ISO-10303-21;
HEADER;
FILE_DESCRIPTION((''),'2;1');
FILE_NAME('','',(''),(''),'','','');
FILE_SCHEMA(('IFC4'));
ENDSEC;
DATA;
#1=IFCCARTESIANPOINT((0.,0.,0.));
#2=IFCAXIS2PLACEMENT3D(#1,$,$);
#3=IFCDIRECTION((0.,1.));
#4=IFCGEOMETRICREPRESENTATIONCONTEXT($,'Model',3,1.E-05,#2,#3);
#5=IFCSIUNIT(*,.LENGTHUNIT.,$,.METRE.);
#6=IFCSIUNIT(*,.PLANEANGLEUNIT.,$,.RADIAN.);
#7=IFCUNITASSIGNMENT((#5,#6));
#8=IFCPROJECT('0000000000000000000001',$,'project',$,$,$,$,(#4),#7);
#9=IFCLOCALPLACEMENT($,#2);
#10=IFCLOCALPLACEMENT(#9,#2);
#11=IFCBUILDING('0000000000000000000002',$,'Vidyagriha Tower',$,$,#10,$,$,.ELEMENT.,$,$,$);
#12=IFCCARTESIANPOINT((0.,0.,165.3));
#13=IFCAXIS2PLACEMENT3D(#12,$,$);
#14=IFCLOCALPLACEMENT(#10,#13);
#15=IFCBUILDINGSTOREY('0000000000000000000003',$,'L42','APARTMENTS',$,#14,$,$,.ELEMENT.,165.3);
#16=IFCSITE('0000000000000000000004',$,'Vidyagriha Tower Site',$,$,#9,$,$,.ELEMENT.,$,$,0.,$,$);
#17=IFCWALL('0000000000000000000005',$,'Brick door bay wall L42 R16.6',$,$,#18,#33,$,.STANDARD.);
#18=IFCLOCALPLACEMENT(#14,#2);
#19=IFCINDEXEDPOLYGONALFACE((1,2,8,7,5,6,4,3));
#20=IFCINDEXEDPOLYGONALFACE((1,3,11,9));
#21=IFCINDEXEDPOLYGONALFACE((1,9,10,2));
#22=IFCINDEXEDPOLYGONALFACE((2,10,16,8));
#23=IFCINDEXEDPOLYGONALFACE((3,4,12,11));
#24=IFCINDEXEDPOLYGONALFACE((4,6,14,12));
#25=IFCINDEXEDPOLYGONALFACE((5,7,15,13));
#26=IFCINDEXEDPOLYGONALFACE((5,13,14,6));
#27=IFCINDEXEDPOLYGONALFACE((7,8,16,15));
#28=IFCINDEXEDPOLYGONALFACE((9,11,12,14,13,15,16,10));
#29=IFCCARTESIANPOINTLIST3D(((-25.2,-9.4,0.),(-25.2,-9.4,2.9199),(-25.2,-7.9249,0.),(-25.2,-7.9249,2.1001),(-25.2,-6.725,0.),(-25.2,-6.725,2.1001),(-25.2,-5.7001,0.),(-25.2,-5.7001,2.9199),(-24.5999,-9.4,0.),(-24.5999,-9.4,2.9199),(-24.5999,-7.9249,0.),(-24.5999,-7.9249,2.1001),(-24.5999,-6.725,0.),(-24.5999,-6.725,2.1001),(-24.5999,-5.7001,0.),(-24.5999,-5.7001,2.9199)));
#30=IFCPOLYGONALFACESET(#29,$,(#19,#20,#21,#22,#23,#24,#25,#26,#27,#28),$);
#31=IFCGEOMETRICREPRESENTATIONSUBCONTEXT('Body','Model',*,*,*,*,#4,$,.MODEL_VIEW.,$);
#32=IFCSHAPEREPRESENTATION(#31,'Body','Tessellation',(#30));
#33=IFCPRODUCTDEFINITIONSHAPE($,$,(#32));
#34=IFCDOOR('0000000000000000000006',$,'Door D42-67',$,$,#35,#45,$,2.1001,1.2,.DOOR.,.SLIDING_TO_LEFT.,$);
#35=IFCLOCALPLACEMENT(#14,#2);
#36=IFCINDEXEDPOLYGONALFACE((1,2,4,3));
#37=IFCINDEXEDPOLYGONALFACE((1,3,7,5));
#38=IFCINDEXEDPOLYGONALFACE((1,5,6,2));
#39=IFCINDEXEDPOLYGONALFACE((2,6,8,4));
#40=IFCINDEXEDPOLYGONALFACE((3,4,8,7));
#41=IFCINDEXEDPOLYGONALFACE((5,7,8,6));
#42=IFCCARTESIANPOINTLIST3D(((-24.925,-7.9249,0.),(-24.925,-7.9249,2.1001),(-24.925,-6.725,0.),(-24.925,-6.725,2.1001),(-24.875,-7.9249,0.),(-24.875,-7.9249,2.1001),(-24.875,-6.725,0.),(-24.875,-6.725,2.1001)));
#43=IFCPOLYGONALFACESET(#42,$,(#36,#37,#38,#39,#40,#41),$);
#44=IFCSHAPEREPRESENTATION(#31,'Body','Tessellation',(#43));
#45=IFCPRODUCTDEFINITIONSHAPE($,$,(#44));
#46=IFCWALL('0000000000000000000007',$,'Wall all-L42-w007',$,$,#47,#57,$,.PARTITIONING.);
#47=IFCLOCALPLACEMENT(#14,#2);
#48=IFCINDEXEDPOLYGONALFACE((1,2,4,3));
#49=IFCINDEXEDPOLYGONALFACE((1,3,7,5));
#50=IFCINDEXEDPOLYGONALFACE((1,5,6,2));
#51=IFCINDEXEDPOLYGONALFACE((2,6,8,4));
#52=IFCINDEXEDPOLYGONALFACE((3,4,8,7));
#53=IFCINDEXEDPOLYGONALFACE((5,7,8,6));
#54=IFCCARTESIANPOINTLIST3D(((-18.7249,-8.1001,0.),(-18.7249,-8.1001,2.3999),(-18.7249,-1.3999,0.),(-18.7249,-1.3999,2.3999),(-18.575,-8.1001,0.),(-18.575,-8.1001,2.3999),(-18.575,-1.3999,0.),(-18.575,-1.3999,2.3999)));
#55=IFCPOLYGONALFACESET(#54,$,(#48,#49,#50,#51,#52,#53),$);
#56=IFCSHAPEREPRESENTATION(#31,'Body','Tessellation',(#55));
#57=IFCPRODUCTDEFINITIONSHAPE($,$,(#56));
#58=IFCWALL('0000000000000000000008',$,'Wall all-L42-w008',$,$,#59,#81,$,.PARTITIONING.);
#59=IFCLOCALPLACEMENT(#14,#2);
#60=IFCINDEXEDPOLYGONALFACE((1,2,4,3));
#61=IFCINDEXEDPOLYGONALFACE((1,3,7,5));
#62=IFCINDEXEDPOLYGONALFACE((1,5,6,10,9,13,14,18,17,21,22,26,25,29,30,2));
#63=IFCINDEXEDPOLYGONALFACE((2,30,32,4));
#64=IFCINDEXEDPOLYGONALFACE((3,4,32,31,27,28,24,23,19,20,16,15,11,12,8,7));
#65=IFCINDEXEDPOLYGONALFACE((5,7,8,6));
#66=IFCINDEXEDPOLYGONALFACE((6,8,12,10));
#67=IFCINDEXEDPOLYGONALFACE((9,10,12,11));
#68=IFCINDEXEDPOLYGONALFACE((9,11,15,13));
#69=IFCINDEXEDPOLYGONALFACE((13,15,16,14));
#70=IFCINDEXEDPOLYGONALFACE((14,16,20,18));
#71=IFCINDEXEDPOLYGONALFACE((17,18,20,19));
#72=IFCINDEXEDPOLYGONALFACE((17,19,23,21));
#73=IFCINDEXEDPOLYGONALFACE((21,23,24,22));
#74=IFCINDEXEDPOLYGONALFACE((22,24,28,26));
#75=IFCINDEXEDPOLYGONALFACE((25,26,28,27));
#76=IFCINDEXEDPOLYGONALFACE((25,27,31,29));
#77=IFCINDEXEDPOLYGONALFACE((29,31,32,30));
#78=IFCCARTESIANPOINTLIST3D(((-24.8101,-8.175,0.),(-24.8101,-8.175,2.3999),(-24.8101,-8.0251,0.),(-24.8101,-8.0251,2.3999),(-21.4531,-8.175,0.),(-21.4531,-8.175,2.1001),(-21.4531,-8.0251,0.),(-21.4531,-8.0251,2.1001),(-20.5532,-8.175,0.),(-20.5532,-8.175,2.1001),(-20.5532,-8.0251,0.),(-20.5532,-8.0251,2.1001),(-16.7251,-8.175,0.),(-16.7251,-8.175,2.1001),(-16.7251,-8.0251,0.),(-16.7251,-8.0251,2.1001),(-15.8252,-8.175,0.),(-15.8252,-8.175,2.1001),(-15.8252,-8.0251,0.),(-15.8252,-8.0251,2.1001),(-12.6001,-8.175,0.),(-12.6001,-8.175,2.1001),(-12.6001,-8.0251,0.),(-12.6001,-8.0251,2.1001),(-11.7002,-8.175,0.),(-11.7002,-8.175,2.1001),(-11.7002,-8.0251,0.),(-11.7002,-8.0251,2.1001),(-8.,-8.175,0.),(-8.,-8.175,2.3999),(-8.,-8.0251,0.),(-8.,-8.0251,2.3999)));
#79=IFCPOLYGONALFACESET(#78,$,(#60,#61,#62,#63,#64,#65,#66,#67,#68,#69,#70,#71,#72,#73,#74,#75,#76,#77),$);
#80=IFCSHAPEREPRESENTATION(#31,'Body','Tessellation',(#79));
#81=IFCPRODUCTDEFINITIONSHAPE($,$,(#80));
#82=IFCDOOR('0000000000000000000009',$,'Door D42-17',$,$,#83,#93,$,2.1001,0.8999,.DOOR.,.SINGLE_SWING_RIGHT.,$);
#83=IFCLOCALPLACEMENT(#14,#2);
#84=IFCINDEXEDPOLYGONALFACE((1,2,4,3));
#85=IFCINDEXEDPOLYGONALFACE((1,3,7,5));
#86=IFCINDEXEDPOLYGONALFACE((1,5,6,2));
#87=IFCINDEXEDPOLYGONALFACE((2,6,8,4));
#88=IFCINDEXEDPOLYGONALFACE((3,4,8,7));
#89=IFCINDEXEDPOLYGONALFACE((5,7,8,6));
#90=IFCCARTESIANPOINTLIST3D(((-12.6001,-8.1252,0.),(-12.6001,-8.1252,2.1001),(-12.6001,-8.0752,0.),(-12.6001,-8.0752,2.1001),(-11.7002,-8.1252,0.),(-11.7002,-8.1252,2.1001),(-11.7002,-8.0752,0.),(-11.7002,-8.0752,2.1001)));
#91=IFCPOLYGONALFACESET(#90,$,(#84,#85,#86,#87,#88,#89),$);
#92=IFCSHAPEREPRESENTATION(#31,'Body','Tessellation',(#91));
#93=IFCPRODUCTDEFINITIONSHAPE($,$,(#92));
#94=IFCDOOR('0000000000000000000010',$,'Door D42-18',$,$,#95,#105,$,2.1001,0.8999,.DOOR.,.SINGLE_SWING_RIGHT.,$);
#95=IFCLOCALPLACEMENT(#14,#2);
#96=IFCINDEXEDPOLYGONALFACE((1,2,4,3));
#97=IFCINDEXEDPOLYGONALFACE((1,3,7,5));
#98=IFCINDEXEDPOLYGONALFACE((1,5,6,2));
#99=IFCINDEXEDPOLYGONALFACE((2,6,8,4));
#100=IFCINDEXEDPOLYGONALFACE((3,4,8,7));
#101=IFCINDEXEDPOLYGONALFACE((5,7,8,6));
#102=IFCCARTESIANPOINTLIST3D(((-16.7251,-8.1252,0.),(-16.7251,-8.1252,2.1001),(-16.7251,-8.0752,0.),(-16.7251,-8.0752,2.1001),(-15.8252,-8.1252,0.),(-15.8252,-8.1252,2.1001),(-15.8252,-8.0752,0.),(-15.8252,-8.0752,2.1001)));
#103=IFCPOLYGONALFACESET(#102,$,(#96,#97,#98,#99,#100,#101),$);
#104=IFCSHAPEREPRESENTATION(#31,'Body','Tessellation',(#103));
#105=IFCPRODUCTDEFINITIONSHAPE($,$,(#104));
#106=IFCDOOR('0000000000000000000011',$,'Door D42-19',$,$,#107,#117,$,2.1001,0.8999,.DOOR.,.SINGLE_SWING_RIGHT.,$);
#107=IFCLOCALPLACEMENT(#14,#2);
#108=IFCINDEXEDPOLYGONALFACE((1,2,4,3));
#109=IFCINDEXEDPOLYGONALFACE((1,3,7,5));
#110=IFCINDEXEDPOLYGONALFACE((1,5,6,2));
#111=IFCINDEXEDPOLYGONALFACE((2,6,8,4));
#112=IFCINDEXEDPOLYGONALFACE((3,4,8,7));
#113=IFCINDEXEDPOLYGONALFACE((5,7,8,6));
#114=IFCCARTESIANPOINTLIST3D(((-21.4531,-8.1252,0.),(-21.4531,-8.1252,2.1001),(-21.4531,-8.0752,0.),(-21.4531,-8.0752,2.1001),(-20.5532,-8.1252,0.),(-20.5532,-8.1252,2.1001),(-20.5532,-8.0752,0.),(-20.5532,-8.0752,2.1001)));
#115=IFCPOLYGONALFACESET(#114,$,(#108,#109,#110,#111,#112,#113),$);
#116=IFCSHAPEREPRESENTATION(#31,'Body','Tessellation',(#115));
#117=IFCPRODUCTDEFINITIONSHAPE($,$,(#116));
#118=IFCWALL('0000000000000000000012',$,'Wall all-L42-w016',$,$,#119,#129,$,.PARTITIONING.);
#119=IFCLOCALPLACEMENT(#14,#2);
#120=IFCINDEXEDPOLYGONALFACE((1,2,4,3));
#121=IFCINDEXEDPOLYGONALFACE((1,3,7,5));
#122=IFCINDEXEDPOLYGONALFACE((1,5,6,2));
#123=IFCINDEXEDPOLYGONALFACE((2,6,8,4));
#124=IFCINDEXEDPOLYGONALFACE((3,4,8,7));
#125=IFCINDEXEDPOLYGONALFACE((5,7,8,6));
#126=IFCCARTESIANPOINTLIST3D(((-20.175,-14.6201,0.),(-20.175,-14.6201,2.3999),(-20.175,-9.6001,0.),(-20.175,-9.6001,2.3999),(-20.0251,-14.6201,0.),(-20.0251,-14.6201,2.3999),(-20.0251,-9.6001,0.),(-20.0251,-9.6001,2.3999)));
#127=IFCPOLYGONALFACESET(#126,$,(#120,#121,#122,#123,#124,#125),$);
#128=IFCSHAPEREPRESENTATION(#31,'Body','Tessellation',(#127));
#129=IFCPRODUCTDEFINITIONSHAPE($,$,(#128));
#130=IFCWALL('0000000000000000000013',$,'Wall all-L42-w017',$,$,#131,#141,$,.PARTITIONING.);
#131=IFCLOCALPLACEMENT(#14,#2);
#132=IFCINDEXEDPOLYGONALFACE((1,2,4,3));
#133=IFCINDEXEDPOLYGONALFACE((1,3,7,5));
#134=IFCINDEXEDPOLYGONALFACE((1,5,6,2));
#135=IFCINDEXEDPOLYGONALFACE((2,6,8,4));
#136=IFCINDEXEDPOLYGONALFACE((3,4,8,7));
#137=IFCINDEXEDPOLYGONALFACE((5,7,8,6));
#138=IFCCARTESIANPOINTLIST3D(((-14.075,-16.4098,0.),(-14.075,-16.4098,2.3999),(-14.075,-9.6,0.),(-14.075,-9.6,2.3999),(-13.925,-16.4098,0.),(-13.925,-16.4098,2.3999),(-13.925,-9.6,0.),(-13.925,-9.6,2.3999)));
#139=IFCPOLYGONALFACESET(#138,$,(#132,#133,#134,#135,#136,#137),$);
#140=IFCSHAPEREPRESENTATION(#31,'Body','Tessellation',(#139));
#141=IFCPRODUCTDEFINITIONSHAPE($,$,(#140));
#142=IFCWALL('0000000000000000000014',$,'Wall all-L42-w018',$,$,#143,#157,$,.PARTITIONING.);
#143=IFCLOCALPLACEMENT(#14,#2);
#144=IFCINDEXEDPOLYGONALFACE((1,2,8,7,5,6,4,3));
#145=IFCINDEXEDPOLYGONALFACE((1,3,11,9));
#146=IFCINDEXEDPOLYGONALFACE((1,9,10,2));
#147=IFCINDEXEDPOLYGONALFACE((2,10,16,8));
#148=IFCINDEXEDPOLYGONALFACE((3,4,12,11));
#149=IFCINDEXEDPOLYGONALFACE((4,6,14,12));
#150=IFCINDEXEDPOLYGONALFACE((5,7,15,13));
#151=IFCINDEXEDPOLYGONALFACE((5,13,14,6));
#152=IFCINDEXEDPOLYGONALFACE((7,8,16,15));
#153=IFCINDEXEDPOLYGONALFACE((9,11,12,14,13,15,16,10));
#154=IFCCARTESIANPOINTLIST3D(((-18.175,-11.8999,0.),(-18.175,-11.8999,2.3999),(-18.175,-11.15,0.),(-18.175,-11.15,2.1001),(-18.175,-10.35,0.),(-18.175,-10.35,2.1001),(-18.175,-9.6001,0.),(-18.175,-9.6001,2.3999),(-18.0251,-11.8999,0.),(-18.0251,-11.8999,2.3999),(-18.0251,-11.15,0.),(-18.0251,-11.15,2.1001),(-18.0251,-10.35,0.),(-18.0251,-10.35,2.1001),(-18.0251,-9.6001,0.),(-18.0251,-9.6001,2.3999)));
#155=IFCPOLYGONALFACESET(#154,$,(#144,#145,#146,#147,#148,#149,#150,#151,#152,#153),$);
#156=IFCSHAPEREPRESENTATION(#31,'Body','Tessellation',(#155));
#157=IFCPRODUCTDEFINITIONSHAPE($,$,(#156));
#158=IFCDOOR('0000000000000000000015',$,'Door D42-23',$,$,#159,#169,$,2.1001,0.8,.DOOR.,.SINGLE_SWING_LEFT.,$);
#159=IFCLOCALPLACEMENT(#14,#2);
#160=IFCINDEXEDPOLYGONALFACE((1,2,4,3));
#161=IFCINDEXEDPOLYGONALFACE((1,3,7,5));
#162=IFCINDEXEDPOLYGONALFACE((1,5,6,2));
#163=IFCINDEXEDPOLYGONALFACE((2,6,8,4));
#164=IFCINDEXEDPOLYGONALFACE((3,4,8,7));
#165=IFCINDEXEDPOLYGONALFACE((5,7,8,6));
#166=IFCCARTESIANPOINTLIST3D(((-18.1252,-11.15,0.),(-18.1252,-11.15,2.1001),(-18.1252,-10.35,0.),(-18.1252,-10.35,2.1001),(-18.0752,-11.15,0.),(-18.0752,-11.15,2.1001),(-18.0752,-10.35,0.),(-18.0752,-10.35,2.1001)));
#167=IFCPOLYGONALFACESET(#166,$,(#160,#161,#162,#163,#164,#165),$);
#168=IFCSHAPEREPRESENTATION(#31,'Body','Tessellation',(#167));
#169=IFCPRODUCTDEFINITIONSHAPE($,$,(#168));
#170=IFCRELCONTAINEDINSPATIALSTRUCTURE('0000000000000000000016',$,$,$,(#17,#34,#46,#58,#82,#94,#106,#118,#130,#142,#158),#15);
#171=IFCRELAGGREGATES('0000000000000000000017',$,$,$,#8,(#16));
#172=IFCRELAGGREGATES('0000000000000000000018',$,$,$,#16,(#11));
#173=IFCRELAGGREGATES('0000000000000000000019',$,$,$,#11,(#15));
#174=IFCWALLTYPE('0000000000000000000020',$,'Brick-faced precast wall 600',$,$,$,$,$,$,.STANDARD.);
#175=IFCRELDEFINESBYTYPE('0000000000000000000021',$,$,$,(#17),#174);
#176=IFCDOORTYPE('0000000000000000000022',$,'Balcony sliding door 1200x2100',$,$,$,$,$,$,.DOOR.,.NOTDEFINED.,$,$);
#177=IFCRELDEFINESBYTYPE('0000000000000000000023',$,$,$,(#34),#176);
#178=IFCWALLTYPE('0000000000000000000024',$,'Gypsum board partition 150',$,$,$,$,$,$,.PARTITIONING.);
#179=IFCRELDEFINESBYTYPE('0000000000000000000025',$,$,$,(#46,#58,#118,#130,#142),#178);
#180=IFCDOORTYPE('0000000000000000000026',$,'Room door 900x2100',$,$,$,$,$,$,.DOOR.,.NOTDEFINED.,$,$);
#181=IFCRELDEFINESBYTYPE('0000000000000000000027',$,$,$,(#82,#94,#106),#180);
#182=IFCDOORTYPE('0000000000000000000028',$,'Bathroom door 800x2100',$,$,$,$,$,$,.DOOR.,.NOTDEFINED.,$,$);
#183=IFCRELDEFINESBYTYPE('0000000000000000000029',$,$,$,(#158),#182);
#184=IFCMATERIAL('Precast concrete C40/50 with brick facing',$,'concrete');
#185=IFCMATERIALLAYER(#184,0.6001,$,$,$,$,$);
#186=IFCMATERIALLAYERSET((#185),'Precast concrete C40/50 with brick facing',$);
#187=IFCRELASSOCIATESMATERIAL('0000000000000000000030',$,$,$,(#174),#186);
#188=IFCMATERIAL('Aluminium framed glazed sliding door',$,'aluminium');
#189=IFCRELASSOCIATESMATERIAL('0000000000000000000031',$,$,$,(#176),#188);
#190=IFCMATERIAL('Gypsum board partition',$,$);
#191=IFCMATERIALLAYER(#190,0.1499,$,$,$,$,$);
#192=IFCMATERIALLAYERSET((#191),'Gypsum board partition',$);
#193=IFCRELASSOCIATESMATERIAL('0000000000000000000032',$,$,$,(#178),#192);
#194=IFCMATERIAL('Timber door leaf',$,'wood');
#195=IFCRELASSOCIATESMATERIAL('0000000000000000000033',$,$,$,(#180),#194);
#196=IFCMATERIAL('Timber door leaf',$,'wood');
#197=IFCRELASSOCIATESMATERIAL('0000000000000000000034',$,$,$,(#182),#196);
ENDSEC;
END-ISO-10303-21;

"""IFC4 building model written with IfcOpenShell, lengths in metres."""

from ifc_helpers import new_model, si_unit, direction, frame, frame_2d, origin, place, context, subcontext, project, spatial, rectangle, extrude, material, layer, layer_set, type_object, element, fill, save


model = new_model("IFC4")

# Units and contexts
model_context = context("Model", 3, precision=1e-05, world=origin(), true_north=direction((0.0, 1.0)))
body_context = subcontext(model_context, "Body", "Model", "MODEL_VIEW")
ifc_project = project(units=[si_unit("LENGTHUNIT", "METRE"), si_unit("PLANEANGLEUNIT", "RADIAN")], contexts=[model_context])

# Site, building, storey
site_placement = place(None, origin())
site = spatial("IfcSite", under=ifc_project, at=site_placement, Name="Vidyagriha Tower Site", CompositionType="ELEMENT", RefElevation=0.0)
building_placement = place(site_placement, origin())
building = spatial("IfcBuilding", under=site, at=building_placement, Name="Vidyagriha Tower", CompositionType="ELEMENT")
storey_placement = place(building_placement, frame((0.0, 0.0, 165.3)))
storey = spatial("IfcBuildingStorey", under=building, at=storey_placement, Name="L42", Description="APARTMENTS", CompositionType="ELEMENT", Elevation=165.3)

# Wall, opening, door
ifc_material_1 = material(Name="Precast concrete C40/50 with brick facing", Category="concrete")
ifc_layer_1 = layer(ifc_material_1, 0.6001)
ifc_layer_set_1 = layer_set([ifc_layer_1], Name="Precast concrete C40/50 with brick facing")
wall_type_1 = type_object("IfcWallType", Name="Brick-faced precast wall 600", PredefinedType="STANDARD", material=ifc_layer_set_1)
wall_1_placement = place(storey_placement, frame((-24.8999, -5.7, 0.0), z_axis=(0.0, 0.0, 1.0), x_axis=(0.0, -1.0, 0.0)))
wall_1 = element("IfcWall", 1, at=wall_1_placement, inside=storey, type_object=wall_type_1, Name="Brick door bay wall L42 R16.6", PredefinedType="STANDARD", context=body_context, shape_type="SweptSolid", body=[
    extrude(rectangle(XDim=3.7, YDim=0.6001, at=frame_2d((1.8501, 0.0))), origin(), (0.0, 0.0, 1.0), 2.9199),
])
opening_1_placement = place(wall_1_placement, frame((1.0249, 0.0, 0.0)))
opening_1 = element("IfcOpeningElement", 2, at=opening_1_placement, cuts=wall_1, PredefinedType="OPENING", context=body_context, shape_type="SweptSolid", body=[
    extrude(rectangle(XDim=1.2, YDim=2.1001, at=frame_2d((0.6001, 1.05))), frame((0.0, 0.3101, 0.0), z_axis=(0.0, -1.0, 0.0), x_axis=(1.0, 0.0, 0.0)), (0.0, 0.0, 1.0), 0.6201),
])
ifc_material_2 = material(Name="Aluminium framed glazed sliding door", Category="aluminium")
door_type_1 = type_object("IfcDoorType", Name="Balcony sliding door 1200x2100", OperationType="NOTDEFINED", PredefinedType="DOOR", material=ifc_material_2)
door_1_placement = place(opening_1_placement, origin())
door_1 = element("IfcDoor", 3, at=door_1_placement, inside=storey, type_object=door_type_1, Name="Door D42-67", OperationType="SLIDING_TO_LEFT", OverallHeight=2.1001, OverallWidth=1.2, PredefinedType="DOOR", context=body_context, shape_type="SweptSolid", body=[
    extrude(rectangle(XDim=1.2, YDim=2.1001, at=frame_2d((0.6001, 1.05))), frame((0.0, 0.0249, 0.0), z_axis=(0.0, -1.0, 0.0), x_axis=(1.0, 0.0, 0.0)), (0.0, 0.0, 1.0), 0.05),
])
fill(opening_1, door_1)

# Wall
ifc_material_3 = material(Name="Gypsum board partition")
ifc_layer_2 = layer(ifc_material_3, 0.1499)
ifc_layer_set_2 = layer_set([ifc_layer_2], Name="Gypsum board partition")
wall_type_2 = type_object("IfcWallType", Name="Gypsum board partition 150", PredefinedType="PARTITIONING", material=ifc_layer_set_2)
wall_2_placement = place(storey_placement, frame((-18.6499, -8.1001, 0.0), z_axis=(0.0, 0.0, 1.0), x_axis=(0.0, 1.0, 0.0)))
element("IfcWall", 4, at=wall_2_placement, inside=storey, type_object=wall_type_2, Name="Wall all-L42-w007", PredefinedType="PARTITIONING", context=body_context, shape_type="SweptSolid", body=[
    extrude(rectangle(XDim=6.7002, YDim=0.1499, at=frame_2d((3.3501, 0.0))), origin(), (0.0, 0.0, 1.0), 2.3999),
])

# Wall, openings, doors
wall_3_placement = place(storey_placement, frame((-24.8101, -8.1001, 0.0)))
wall_3 = element("IfcWall", 5, at=wall_3_placement, inside=storey, type_object=wall_type_2, Name="Wall all-L42-w008", PredefinedType="PARTITIONING", context=body_context, shape_type="SweptSolid", body=[
    extrude(rectangle(XDim=16.8101, YDim=0.1499, at=frame_2d((8.405, 0.0))), origin(), (0.0, 0.0, 1.0), 2.3999),
])
opening_2_placement = place(wall_3_placement, frame((12.21, 0.0, 0.0)))
opening_2 = element("IfcOpeningElement", 6, at=opening_2_placement, cuts=wall_3, PredefinedType="OPENING", context=body_context, shape_type="SweptSolid", body=[
    extrude(rectangle(XDim=0.8999, YDim=2.1001, at=frame_2d((0.45, 1.05))), frame((0.0, 0.085, 0.0), z_axis=(0.0, -1.0, 0.0), x_axis=(1.0, 0.0, 0.0)), (0.0, 0.0, 1.0), 0.1699),
])
opening_3_placement = place(wall_3_placement, frame((8.085, 0.0, 0.0)))
opening_3 = element("IfcOpeningElement", 7, at=opening_3_placement, cuts=wall_3, PredefinedType="OPENING", context=body_context, shape_type="SweptSolid", body=[
    extrude(rectangle(XDim=0.8999, YDim=2.1001, at=frame_2d((0.45, 1.05))), frame((0.0, 0.085, 0.0), z_axis=(0.0, -1.0, 0.0), x_axis=(1.0, 0.0, 0.0)), (0.0, 0.0, 1.0), 0.1699),
])
opening_4_placement = place(wall_3_placement, frame((3.3569, 0.0, 0.0)))
opening_4 = element("IfcOpeningElement", 8, at=opening_4_placement, cuts=wall_3, PredefinedType="OPENING", context=body_context, shape_type="SweptSolid", body=[
    extrude(rectangle(XDim=0.8999, YDim=2.1001, at=frame_2d((0.45, 1.05))), frame((0.0, 0.085, 0.0), z_axis=(0.0, -1.0, 0.0), x_axis=(1.0, 0.0, 0.0)), (0.0, 0.0, 1.0), 0.1699),
])
ifc_material_4 = material(Name="Timber door leaf", Category="wood")
door_type_2 = type_object("IfcDoorType", Name="Room door 900x2100", OperationType="NOTDEFINED", PredefinedType="DOOR", material=ifc_material_4)
door_2_placement = place(opening_2_placement, origin())
door_2 = element("IfcDoor", 9, at=door_2_placement, inside=storey, type_object=door_type_2, Name="Door D42-17", OperationType="SINGLE_SWING_RIGHT", OverallHeight=2.1001, OverallWidth=0.8999, PredefinedType="DOOR", context=body_context, shape_type="SweptSolid", body=[
    extrude(rectangle(XDim=0.8999, YDim=2.1001, at=frame_2d((0.45, 1.05))), frame((0.0, 0.0249, 0.0), z_axis=(0.0, -1.0, 0.0), x_axis=(1.0, 0.0, 0.0)), (0.0, 0.0, 1.0), 0.05),
])
fill(opening_2, door_2)
door_3_placement = place(opening_3_placement, origin())
door_3 = element("IfcDoor", 10, at=door_3_placement, inside=storey, type_object=door_type_2, Name="Door D42-18", OperationType="SINGLE_SWING_RIGHT", OverallHeight=2.1001, OverallWidth=0.8999, PredefinedType="DOOR", context=body_context, shape_type="SweptSolid", body=[
    extrude(rectangle(XDim=0.8999, YDim=2.1001, at=frame_2d((0.45, 1.05))), frame((0.0, 0.0249, 0.0), z_axis=(0.0, -1.0, 0.0), x_axis=(1.0, 0.0, 0.0)), (0.0, 0.0, 1.0), 0.05),
])
fill(opening_3, door_3)
door_4_placement = place(opening_4_placement, origin())
door_4 = element("IfcDoor", 11, at=door_4_placement, inside=storey, type_object=door_type_2, Name="Door D42-19", OperationType="SINGLE_SWING_RIGHT", OverallHeight=2.1001, OverallWidth=0.8999, PredefinedType="DOOR", context=body_context, shape_type="SweptSolid", body=[
    extrude(rectangle(XDim=0.8999, YDim=2.1001, at=frame_2d((0.45, 1.05))), frame((0.0, 0.0249, 0.0), z_axis=(0.0, -1.0, 0.0), x_axis=(1.0, 0.0, 0.0)), (0.0, 0.0, 1.0), 0.05),
])
fill(opening_4, door_4)

# Walls
wall_4_placement = place(storey_placement, frame((-20.1001, -9.6001, 0.0), z_axis=(0.0, 0.0, 1.0), x_axis=(0.0, -1.0, 0.0)))
element("IfcWall", 12, at=wall_4_placement, inside=storey, type_object=wall_type_2, Name="Wall all-L42-w016", PredefinedType="PARTITIONING", context=body_context, shape_type="SweptSolid", body=[
    extrude(rectangle(XDim=5.02, YDim=0.1499, at=frame_2d((2.51, 0.0))), origin(), (0.0, 0.0, 1.0), 2.3999),
])
wall_5_placement = place(storey_placement, frame((-14.0, -9.6001, 0.0), z_axis=(0.0, 0.0, 1.0), x_axis=(0.0, -1.0, 0.0)))
element("IfcWall", 13, at=wall_5_placement, inside=storey, type_object=wall_type_2, Name="Wall all-L42-w017", PredefinedType="PARTITIONING", context=body_context, shape_type="SweptSolid", body=[
    extrude(rectangle(XDim=6.8098, YDim=0.1499, at=frame_2d((3.4048, 0.0))), origin(), (0.0, 0.0, 1.0), 2.3999),
])

# Wall, opening, door
wall_6_placement = place(storey_placement, frame((-18.1001, -9.6001, 0.0), z_axis=(0.0, 0.0, 1.0), x_axis=(0.0, -1.0, 0.0)))
wall_6 = element("IfcWall", 14, at=wall_6_placement, inside=storey, type_object=wall_type_2, Name="Wall all-L42-w018", PredefinedType="PARTITIONING", context=body_context, shape_type="SweptSolid", body=[
    extrude(rectangle(XDim=2.2998, YDim=0.1499, at=frame_2d((1.1499, 0.0))), origin(), (0.0, 0.0, 1.0), 2.3999),
])
opening_5_placement = place(wall_6_placement, frame((0.75, 0.0, 0.0)))
opening_5 = element("IfcOpeningElement", 15, at=opening_5_placement, cuts=wall_6, PredefinedType="OPENING", context=body_context, shape_type="SweptSolid", body=[
    extrude(rectangle(XDim=0.8, YDim=2.1001, at=frame_2d((0.3999, 1.05))), frame((0.0, 0.085, 0.0), z_axis=(0.0, -1.0, 0.0), x_axis=(1.0, 0.0, 0.0)), (0.0, 0.0, 1.0), 0.1699),
])
ifc_material_5 = material(Name="Timber door leaf", Category="wood")
door_type_3 = type_object("IfcDoorType", Name="Bathroom door 800x2100", OperationType="NOTDEFINED", PredefinedType="DOOR", material=ifc_material_5)
door_5_placement = place(opening_5_placement, origin())
door_5 = element("IfcDoor", 16, at=door_5_placement, inside=storey, type_object=door_type_3, Name="Door D42-23", OperationType="SINGLE_SWING_LEFT", OverallHeight=2.1001, OverallWidth=0.8, PredefinedType="DOOR", context=body_context, shape_type="SweptSolid", body=[
    extrude(rectangle(XDim=0.8, YDim=2.1001, at=frame_2d((0.3999, 1.05))), frame((0.0, 0.0249, 0.0), z_axis=(0.0, -1.0, 0.0), x_axis=(1.0, 0.0, 0.0)), (0.0, 0.0, 1.0), 0.05),
])
fill(opening_5, door_5)

save(model, "model.ifc")
